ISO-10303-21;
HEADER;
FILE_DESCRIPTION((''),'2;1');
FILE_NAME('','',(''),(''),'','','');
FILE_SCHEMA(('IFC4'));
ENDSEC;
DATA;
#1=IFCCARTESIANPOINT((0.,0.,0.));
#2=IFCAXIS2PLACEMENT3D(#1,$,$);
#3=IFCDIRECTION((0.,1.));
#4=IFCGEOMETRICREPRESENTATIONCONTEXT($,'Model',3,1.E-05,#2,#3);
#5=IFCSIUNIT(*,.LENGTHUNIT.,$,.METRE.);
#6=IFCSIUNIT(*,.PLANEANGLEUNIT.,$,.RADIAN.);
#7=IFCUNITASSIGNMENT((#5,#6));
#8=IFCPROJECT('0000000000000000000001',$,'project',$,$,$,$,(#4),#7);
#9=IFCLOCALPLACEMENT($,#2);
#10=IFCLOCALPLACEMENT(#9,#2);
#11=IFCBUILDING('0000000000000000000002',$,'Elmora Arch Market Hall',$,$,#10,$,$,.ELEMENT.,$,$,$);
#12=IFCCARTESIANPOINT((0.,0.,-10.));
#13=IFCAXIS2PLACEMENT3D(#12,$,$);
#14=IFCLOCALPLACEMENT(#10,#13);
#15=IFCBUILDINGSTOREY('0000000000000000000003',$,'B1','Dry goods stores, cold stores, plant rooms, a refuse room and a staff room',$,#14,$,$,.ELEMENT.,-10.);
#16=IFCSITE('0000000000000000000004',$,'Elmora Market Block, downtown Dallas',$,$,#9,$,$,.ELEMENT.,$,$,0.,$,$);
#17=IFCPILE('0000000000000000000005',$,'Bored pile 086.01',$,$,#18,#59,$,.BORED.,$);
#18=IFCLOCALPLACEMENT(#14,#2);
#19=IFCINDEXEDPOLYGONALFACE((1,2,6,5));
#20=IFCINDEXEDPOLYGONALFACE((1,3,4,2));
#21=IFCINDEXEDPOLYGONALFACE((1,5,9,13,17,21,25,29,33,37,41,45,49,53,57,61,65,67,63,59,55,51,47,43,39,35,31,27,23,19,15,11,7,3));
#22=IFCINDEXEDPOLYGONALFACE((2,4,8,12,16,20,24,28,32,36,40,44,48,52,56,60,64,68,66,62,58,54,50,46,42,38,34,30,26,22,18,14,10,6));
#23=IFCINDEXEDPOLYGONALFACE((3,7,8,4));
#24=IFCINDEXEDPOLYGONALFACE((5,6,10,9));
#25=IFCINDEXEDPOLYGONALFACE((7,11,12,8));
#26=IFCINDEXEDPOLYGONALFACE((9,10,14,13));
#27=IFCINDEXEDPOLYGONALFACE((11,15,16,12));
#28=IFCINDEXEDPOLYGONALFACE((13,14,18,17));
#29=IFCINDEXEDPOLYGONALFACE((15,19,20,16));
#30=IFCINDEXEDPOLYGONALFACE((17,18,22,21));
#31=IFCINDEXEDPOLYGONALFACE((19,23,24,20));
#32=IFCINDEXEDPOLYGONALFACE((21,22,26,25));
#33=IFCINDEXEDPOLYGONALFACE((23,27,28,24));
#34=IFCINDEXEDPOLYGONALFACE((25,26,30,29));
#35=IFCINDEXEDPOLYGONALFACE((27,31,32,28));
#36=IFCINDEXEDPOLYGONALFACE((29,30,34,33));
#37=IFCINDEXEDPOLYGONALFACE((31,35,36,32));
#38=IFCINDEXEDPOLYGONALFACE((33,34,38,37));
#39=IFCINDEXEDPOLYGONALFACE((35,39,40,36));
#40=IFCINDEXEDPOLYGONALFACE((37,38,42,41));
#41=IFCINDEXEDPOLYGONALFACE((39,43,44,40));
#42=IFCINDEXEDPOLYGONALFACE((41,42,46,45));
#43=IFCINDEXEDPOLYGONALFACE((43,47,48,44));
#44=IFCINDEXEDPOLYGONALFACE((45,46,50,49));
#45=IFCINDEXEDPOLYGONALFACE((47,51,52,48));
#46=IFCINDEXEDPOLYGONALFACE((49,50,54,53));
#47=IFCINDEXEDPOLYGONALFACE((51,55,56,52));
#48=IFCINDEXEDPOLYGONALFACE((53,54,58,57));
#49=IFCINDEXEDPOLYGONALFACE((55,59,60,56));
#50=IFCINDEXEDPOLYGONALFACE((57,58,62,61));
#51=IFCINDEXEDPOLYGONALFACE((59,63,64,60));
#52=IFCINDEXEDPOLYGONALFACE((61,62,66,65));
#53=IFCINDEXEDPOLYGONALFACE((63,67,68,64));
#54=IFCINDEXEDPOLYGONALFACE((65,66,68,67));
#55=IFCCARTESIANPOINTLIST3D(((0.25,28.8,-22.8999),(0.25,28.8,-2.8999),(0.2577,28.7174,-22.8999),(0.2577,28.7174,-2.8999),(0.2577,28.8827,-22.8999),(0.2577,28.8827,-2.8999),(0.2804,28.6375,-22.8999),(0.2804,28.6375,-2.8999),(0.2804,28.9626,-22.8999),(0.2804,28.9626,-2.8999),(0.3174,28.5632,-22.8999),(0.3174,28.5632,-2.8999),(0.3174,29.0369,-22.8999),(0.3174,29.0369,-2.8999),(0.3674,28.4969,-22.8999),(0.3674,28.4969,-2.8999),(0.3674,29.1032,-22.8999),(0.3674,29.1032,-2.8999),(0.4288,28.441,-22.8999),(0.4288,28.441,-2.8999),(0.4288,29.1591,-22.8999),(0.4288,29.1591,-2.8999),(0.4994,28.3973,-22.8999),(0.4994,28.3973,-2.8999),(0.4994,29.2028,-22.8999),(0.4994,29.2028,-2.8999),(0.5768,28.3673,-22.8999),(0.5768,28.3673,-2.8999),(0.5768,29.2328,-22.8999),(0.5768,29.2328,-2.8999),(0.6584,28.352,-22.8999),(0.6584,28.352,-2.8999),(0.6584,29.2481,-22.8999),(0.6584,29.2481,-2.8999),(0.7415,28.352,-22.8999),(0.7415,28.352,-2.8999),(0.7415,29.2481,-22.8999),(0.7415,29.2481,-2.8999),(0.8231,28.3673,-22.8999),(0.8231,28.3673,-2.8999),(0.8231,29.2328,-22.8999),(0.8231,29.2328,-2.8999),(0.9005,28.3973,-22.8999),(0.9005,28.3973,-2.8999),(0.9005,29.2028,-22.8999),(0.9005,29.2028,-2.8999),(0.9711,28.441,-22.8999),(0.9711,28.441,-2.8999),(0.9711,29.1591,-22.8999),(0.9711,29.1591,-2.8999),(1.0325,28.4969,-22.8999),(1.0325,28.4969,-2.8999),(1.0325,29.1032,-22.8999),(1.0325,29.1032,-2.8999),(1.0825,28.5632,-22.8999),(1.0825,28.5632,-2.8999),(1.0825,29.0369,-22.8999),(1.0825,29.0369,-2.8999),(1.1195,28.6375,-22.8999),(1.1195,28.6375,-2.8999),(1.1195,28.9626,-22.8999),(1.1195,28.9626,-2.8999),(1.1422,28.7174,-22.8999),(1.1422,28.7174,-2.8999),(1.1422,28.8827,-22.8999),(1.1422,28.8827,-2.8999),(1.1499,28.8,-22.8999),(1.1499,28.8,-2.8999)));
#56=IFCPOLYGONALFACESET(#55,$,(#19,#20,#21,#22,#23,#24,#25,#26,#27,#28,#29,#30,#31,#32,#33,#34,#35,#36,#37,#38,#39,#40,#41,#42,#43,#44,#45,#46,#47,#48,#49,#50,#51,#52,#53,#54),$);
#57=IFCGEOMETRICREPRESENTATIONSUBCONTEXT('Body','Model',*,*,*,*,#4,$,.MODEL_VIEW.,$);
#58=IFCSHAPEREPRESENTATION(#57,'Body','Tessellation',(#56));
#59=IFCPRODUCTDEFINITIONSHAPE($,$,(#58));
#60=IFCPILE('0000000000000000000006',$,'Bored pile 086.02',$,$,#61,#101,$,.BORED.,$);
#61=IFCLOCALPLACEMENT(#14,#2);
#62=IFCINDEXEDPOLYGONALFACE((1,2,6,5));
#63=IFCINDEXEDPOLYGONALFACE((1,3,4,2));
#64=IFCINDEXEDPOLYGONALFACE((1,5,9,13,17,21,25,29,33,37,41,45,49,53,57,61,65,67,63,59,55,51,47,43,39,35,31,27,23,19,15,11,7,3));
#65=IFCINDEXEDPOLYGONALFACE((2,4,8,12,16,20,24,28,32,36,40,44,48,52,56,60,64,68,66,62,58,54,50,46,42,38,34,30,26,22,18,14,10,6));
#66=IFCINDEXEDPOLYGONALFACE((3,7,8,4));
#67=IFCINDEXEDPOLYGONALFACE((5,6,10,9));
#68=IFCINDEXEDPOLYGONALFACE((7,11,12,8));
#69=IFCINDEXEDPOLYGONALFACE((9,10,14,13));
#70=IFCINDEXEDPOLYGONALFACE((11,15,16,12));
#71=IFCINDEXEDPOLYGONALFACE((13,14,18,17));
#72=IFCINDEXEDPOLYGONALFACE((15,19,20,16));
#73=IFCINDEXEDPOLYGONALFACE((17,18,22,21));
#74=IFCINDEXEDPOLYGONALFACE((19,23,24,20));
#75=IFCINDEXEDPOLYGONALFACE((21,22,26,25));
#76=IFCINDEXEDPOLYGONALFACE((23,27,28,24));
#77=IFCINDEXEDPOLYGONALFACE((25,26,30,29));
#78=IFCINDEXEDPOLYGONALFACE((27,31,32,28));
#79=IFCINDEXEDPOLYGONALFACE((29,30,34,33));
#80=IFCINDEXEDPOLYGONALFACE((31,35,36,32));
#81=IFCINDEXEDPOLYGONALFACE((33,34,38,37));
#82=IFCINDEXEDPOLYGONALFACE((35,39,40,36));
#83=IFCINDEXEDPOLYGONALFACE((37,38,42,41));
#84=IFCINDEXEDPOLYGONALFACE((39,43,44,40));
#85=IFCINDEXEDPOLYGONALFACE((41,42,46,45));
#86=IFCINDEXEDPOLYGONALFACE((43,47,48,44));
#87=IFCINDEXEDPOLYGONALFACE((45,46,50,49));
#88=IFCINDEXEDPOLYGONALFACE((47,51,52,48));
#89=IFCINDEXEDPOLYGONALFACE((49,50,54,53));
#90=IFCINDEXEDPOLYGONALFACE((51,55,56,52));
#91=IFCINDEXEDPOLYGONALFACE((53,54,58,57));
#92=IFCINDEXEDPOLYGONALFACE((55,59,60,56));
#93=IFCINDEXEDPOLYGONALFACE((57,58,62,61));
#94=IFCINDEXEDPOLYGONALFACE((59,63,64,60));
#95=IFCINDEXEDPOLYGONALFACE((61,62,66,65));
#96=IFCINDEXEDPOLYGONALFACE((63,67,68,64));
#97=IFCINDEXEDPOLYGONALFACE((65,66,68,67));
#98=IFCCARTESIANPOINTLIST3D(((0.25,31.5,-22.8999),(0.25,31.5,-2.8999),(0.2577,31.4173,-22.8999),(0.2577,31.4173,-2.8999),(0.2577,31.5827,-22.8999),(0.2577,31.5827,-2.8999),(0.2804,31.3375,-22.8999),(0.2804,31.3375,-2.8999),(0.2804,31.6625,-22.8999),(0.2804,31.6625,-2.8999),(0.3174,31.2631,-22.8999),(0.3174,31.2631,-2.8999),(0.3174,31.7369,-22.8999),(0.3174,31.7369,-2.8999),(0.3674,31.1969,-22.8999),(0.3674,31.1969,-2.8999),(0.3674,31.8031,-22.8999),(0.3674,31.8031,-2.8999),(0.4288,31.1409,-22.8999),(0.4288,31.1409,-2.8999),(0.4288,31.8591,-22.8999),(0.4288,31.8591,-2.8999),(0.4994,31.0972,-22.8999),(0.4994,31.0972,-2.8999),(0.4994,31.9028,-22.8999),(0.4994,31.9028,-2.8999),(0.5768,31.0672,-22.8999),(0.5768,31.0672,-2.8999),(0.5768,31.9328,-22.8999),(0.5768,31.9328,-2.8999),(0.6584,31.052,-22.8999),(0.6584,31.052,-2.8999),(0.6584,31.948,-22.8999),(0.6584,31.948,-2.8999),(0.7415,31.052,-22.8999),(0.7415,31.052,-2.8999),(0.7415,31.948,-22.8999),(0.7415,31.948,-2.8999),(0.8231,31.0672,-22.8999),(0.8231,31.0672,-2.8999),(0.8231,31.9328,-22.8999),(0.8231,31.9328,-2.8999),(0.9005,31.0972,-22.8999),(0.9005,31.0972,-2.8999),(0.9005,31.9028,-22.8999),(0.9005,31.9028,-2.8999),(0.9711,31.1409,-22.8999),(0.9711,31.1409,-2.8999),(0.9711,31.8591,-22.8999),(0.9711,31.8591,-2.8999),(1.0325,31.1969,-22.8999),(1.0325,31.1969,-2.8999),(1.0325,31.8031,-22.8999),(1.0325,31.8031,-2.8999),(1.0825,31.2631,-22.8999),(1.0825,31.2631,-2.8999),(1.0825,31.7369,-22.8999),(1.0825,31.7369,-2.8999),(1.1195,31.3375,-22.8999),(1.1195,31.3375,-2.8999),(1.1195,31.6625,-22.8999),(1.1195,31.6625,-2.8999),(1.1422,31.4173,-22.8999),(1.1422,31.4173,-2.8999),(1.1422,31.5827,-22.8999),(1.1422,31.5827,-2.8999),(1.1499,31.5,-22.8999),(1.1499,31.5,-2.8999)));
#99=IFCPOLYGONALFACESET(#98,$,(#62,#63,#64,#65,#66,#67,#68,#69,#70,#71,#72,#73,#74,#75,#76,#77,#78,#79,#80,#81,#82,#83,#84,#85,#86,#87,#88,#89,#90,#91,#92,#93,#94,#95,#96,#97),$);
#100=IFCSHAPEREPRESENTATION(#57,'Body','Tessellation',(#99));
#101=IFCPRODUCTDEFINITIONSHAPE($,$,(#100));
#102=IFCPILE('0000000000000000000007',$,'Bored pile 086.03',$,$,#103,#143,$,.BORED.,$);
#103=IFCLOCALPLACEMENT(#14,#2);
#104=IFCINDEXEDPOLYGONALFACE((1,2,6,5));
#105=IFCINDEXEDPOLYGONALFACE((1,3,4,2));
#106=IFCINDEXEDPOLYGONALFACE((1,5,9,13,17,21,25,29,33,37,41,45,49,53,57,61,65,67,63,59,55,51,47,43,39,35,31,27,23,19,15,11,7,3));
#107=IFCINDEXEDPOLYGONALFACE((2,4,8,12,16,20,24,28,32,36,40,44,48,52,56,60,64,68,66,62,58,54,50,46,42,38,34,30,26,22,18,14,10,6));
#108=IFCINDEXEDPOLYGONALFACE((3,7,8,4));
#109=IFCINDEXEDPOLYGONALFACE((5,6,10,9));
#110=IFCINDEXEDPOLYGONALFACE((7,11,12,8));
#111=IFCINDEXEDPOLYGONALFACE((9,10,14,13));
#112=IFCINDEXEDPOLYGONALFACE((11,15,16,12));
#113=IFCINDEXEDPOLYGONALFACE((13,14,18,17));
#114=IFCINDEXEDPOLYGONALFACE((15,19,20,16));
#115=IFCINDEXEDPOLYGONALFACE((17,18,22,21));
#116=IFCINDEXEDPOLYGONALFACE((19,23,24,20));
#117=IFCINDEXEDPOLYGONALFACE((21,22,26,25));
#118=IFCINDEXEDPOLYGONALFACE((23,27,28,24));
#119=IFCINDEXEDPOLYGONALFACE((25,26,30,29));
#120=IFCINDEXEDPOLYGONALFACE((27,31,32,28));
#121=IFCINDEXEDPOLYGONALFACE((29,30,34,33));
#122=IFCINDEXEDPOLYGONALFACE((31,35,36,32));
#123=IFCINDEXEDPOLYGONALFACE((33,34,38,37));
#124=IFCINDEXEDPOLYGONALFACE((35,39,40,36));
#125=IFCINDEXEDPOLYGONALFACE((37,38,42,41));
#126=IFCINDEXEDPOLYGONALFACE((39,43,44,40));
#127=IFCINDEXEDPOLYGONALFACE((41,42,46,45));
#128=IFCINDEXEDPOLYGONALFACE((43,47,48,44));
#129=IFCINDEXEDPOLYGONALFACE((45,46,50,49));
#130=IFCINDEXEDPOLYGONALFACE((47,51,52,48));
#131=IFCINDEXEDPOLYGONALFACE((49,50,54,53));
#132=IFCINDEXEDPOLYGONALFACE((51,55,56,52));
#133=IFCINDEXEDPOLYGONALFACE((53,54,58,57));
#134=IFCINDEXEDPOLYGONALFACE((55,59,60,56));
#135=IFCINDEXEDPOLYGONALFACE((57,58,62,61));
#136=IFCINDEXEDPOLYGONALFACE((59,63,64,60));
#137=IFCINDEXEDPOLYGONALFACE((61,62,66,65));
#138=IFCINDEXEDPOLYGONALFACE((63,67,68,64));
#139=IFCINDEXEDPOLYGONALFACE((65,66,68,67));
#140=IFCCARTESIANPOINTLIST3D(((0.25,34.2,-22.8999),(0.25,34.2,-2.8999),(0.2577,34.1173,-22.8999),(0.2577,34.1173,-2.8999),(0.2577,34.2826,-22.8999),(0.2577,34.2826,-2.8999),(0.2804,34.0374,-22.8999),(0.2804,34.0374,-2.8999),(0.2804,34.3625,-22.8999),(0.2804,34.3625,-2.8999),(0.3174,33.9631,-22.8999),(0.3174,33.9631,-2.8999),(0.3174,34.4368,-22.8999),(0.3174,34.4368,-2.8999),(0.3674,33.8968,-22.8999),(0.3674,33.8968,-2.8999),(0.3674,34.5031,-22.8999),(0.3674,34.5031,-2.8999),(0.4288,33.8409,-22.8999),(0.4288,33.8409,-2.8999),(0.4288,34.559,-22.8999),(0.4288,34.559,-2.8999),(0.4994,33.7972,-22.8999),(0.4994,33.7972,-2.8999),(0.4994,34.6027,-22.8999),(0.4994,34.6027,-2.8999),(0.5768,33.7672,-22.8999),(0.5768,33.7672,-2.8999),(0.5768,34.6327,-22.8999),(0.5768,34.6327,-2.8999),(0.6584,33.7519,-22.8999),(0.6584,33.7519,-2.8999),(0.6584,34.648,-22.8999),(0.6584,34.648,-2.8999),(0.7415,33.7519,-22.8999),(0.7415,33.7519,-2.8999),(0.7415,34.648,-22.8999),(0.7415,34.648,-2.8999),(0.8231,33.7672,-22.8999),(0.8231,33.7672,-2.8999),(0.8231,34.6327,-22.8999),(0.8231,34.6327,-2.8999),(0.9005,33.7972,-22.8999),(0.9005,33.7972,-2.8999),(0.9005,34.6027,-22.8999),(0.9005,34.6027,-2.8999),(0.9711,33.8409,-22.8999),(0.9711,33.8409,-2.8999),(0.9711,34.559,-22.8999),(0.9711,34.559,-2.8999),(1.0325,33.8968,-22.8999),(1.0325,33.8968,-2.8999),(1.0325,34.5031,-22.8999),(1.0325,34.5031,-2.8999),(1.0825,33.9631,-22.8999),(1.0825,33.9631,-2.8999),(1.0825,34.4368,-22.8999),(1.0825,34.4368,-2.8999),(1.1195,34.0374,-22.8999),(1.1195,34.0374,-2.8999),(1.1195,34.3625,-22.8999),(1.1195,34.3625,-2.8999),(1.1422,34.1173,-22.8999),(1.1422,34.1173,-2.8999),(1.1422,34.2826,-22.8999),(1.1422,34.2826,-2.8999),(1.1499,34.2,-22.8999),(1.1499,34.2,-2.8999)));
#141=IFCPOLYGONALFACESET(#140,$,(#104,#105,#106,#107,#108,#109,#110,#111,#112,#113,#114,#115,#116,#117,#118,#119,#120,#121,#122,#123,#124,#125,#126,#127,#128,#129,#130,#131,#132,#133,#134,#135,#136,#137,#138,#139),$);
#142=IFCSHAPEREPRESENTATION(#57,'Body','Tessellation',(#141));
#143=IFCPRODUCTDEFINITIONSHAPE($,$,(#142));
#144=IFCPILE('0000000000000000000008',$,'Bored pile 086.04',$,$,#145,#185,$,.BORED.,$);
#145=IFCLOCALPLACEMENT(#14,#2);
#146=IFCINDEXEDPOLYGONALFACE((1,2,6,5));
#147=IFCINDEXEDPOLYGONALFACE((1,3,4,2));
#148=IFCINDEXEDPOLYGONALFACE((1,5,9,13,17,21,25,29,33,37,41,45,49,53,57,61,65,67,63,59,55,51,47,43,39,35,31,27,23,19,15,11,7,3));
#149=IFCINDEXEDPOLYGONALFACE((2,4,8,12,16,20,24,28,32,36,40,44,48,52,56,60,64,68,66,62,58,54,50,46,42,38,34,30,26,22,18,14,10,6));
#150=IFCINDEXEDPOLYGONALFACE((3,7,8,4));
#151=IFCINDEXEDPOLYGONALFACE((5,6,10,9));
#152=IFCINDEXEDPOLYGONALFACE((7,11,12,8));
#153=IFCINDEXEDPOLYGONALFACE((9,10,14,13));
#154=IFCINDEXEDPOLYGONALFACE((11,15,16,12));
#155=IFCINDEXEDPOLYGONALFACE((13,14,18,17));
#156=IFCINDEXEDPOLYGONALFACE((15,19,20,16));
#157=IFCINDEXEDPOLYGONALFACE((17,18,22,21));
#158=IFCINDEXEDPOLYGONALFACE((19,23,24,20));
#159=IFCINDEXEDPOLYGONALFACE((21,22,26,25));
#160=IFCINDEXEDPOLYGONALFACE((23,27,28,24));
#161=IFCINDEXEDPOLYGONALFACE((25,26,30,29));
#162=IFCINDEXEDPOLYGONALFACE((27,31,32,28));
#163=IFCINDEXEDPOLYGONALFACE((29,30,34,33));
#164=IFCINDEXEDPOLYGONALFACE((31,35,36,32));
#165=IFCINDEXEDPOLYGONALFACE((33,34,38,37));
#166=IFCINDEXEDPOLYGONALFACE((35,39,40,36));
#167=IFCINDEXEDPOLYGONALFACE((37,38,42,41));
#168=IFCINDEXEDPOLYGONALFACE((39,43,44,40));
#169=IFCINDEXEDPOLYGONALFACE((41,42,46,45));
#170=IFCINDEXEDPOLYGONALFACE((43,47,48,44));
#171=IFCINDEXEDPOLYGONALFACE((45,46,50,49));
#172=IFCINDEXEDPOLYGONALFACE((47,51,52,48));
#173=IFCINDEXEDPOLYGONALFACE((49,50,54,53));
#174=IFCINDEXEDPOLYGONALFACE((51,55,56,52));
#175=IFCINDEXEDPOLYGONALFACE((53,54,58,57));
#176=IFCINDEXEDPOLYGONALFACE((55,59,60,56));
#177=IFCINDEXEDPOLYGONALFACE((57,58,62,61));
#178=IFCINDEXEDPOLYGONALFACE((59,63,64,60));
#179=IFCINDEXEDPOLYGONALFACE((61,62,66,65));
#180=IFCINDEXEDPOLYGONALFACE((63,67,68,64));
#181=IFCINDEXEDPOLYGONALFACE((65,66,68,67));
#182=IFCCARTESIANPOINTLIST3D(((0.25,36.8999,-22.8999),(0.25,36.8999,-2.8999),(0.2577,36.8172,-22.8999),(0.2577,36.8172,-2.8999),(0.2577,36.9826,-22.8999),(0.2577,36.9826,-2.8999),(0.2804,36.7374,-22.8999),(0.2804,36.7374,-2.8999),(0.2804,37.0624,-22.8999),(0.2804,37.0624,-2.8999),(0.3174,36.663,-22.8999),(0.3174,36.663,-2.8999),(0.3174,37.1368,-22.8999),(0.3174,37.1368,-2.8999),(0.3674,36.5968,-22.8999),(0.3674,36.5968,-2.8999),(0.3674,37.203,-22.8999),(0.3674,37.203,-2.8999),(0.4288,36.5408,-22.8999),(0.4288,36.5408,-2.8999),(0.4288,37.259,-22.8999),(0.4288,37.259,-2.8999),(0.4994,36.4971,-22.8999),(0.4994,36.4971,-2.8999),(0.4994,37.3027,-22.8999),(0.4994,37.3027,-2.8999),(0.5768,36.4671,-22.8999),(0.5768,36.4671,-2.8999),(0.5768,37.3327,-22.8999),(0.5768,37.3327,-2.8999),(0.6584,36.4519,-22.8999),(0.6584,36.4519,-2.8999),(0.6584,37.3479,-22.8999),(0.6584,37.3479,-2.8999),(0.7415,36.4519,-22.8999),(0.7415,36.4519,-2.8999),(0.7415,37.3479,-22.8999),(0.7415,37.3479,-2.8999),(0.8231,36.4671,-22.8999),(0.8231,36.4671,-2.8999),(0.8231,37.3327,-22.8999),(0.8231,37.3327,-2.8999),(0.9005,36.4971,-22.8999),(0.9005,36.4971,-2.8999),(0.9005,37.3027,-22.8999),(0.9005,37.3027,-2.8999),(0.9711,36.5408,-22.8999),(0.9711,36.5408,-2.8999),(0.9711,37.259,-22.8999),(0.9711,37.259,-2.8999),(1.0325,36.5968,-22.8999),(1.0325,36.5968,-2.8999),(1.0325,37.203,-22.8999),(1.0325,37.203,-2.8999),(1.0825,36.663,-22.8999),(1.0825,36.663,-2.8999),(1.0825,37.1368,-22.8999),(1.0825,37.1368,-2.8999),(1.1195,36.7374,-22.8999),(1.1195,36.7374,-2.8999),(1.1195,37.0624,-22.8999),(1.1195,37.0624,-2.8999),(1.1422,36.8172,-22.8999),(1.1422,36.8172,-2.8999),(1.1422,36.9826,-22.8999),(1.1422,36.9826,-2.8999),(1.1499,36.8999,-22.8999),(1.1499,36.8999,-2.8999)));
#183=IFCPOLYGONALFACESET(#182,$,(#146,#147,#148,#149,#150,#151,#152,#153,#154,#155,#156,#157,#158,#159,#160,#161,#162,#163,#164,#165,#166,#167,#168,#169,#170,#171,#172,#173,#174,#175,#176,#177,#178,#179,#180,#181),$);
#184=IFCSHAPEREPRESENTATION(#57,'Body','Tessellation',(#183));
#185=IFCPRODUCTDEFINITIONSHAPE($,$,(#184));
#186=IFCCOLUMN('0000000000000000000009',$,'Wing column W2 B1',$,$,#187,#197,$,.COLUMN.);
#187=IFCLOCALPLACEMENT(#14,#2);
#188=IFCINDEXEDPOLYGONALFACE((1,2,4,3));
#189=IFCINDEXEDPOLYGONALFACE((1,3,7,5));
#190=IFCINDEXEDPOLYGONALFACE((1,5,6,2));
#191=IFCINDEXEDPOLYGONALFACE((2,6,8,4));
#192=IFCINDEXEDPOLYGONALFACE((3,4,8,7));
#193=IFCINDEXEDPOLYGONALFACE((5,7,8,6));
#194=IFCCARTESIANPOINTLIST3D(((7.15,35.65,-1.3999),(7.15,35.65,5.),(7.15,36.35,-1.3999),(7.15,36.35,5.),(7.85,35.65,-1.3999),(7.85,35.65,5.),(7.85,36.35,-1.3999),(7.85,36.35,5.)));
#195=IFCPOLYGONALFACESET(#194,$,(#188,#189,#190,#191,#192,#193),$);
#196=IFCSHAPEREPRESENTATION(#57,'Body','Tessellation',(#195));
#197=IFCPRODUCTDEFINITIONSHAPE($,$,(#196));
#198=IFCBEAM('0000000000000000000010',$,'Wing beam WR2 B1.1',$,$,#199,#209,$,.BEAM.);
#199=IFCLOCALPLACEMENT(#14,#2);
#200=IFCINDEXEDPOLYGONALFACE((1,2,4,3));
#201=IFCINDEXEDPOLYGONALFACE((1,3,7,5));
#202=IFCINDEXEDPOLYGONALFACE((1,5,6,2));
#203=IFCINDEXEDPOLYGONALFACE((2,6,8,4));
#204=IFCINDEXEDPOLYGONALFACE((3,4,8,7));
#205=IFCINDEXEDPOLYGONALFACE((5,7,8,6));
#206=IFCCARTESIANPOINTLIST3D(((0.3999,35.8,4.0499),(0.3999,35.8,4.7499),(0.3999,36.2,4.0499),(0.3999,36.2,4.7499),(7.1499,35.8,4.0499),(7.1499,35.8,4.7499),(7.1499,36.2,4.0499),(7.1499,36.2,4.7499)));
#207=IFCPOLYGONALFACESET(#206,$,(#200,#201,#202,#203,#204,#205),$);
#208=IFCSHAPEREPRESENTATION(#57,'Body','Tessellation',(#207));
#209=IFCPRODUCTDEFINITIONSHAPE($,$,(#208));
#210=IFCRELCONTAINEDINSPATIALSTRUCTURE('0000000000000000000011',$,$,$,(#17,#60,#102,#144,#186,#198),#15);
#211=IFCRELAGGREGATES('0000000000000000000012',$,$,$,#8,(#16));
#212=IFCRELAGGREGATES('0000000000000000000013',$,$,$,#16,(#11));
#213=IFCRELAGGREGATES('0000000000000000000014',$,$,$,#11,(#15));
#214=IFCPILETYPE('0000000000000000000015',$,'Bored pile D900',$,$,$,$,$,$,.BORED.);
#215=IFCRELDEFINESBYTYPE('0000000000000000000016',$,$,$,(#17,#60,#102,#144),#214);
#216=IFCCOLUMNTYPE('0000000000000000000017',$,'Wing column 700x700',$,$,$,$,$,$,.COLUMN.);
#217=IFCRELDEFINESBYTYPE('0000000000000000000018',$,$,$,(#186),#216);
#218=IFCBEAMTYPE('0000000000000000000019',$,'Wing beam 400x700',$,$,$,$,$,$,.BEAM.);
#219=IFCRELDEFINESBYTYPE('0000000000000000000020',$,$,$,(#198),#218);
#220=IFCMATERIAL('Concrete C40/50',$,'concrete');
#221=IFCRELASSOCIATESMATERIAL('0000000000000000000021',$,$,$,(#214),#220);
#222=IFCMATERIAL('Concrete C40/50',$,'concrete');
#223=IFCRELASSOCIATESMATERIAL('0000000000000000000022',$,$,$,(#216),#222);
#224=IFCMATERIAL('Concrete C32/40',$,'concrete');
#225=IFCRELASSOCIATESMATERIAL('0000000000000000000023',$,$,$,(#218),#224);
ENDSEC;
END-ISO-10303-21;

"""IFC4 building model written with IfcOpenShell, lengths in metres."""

from ifc_helpers import new_model, si_unit, direction, frame, origin, origin_2d, place, context, subcontext, project, spatial, rectangle, circle, extrude, material, material_profile, profile_set, type_object, element, save


model = new_model("IFC4")

# Units and contexts
model_context = context("Model", 3, precision=1e-05, world=origin(), true_north=direction((0.0, 1.0)))
body_context = subcontext(model_context, "Body", "Model", "MODEL_VIEW")
ifc_project = project(units=[si_unit("LENGTHUNIT", "METRE"), si_unit("PLANEANGLEUNIT", "RADIAN")], contexts=[model_context])

# Site, building, storey
site_placement = place(None, origin())
site = spatial("IfcSite", under=ifc_project, at=site_placement, Name="Elmora Market Block, downtown Dallas", CompositionType="ELEMENT", RefElevation=0.0)
building_placement = place(site_placement, origin())
building = spatial("IfcBuilding", under=site, at=building_placement, Name="Elmora Arch Market Hall", CompositionType="ELEMENT")
storey_placement = place(building_placement, frame((0.0, 0.0, -10.0)))
storey = spatial("IfcBuildingStorey", under=building, at=storey_placement, Name="B1", Description="Dry goods stores, cold stores, plant rooms, a refuse room and a staff room", CompositionType="ELEMENT", Elevation=-10.0)

# Piles
ifc_material_1 = material(Name="Concrete C40/50", Category="concrete")
ifc_material_profile_1 = material_profile(ifc_material_1, circle(Radius=0.45, at=origin_2d()), Name="Bored pile D900")
ifc_profile_set_1 = profile_set([ifc_material_profile_1], Name="Concrete C40/50")
pile_type = type_object("IfcPileType", Name="Bored pile D900", PredefinedType="BORED", material=ifc_profile_set_1)
for number, where, z_axis, x_axis, name in (
    (1, (0.7, 28.8, -2.8999), (0.0, 0.0, -1.0), (1.0, 0.0, 0.0), "Bored pile 086.01"),
    (2, (0.7, 31.5, -2.8999), (0.0, 0.0, -1.0), (1.0, 0.0, 0.0), "Bored pile 086.02"),
    (3, (0.7, 34.2, -2.8999), (0.0, 0.0, -1.0), (1.0, 0.0, 0.0), "Bored pile 086.03"),
    (4, (0.7, 36.8999, -2.8999), (0.0, 0.0, -1.0), (1.0, 0.0, 0.0), "Bored pile 086.04"),
):
    element("IfcPile", number, at=place(storey_placement, frame(where, z_axis=z_axis, x_axis=x_axis)), inside=storey, type_object=pile_type, Name=name, PredefinedType="BORED", context=body_context, shape_type="SweptSolid", body=[
        extrude(circle(Radius=0.45, at=origin_2d()), origin(), (0.0, 0.0, 1.0), 20.0),
    ])

# Column
ifc_material_2 = material(Name="Concrete C40/50", Category="concrete")
ifc_material_profile_2 = material_profile(ifc_material_2, rectangle(XDim=0.7, YDim=0.7, at=origin_2d()), Name="Wing column 700x700")
ifc_profile_set_2 = profile_set([ifc_material_profile_2], Name="Concrete C40/50")
column_type = type_object("IfcColumnType", Name="Wing column 700x700", PredefinedType="COLUMN", material=ifc_profile_set_2)
column_placement = place(storey_placement, frame((7.5, 36.0, -1.3999), z_axis=(0.0, 0.0, 1.0), x_axis=(1.0, 0.0, 0.0)))
element("IfcColumn", 5, at=column_placement, inside=storey, type_object=column_type, Name="Wing column W2 B1", PredefinedType="COLUMN", context=body_context, shape_type="SweptSolid", body=[
    extrude(rectangle(XDim=0.7, YDim=0.7, at=origin_2d()), origin(), (0.0, 0.0, 1.0), 6.3999),
])

# Beam
ifc_material_3 = material(Name="Concrete C32/40", Category="concrete")
ifc_material_profile_3 = material_profile(ifc_material_3, rectangle(XDim=0.3999, YDim=0.7, at=origin_2d()), Name="Wing beam 400x700")
ifc_profile_set_3 = profile_set([ifc_material_profile_3], Name="Concrete C32/40")
beam_type_1 = type_object("IfcBeamType", Name="Wing beam 400x700", PredefinedType="BEAM", material=ifc_profile_set_3)
beam_1_placement = place(storey_placement, frame((0.3999, 36.0, 4.3999), z_axis=(1.0, 0.0, 0.0), x_axis=(0.0, 1.0, 0.0)))
element("IfcBeam", 6, at=beam_1_placement, inside=storey, type_object=beam_type_1, Name="Wing beam WR2 B1.1", PredefinedType="BEAM", context=body_context, shape_type="SweptSolid", body=[
    extrude(rectangle(XDim=0.3999, YDim=0.7, at=origin_2d()), origin(), (0.0, 0.0, 1.0), 6.75),
])

save(model, "model.ifc")
